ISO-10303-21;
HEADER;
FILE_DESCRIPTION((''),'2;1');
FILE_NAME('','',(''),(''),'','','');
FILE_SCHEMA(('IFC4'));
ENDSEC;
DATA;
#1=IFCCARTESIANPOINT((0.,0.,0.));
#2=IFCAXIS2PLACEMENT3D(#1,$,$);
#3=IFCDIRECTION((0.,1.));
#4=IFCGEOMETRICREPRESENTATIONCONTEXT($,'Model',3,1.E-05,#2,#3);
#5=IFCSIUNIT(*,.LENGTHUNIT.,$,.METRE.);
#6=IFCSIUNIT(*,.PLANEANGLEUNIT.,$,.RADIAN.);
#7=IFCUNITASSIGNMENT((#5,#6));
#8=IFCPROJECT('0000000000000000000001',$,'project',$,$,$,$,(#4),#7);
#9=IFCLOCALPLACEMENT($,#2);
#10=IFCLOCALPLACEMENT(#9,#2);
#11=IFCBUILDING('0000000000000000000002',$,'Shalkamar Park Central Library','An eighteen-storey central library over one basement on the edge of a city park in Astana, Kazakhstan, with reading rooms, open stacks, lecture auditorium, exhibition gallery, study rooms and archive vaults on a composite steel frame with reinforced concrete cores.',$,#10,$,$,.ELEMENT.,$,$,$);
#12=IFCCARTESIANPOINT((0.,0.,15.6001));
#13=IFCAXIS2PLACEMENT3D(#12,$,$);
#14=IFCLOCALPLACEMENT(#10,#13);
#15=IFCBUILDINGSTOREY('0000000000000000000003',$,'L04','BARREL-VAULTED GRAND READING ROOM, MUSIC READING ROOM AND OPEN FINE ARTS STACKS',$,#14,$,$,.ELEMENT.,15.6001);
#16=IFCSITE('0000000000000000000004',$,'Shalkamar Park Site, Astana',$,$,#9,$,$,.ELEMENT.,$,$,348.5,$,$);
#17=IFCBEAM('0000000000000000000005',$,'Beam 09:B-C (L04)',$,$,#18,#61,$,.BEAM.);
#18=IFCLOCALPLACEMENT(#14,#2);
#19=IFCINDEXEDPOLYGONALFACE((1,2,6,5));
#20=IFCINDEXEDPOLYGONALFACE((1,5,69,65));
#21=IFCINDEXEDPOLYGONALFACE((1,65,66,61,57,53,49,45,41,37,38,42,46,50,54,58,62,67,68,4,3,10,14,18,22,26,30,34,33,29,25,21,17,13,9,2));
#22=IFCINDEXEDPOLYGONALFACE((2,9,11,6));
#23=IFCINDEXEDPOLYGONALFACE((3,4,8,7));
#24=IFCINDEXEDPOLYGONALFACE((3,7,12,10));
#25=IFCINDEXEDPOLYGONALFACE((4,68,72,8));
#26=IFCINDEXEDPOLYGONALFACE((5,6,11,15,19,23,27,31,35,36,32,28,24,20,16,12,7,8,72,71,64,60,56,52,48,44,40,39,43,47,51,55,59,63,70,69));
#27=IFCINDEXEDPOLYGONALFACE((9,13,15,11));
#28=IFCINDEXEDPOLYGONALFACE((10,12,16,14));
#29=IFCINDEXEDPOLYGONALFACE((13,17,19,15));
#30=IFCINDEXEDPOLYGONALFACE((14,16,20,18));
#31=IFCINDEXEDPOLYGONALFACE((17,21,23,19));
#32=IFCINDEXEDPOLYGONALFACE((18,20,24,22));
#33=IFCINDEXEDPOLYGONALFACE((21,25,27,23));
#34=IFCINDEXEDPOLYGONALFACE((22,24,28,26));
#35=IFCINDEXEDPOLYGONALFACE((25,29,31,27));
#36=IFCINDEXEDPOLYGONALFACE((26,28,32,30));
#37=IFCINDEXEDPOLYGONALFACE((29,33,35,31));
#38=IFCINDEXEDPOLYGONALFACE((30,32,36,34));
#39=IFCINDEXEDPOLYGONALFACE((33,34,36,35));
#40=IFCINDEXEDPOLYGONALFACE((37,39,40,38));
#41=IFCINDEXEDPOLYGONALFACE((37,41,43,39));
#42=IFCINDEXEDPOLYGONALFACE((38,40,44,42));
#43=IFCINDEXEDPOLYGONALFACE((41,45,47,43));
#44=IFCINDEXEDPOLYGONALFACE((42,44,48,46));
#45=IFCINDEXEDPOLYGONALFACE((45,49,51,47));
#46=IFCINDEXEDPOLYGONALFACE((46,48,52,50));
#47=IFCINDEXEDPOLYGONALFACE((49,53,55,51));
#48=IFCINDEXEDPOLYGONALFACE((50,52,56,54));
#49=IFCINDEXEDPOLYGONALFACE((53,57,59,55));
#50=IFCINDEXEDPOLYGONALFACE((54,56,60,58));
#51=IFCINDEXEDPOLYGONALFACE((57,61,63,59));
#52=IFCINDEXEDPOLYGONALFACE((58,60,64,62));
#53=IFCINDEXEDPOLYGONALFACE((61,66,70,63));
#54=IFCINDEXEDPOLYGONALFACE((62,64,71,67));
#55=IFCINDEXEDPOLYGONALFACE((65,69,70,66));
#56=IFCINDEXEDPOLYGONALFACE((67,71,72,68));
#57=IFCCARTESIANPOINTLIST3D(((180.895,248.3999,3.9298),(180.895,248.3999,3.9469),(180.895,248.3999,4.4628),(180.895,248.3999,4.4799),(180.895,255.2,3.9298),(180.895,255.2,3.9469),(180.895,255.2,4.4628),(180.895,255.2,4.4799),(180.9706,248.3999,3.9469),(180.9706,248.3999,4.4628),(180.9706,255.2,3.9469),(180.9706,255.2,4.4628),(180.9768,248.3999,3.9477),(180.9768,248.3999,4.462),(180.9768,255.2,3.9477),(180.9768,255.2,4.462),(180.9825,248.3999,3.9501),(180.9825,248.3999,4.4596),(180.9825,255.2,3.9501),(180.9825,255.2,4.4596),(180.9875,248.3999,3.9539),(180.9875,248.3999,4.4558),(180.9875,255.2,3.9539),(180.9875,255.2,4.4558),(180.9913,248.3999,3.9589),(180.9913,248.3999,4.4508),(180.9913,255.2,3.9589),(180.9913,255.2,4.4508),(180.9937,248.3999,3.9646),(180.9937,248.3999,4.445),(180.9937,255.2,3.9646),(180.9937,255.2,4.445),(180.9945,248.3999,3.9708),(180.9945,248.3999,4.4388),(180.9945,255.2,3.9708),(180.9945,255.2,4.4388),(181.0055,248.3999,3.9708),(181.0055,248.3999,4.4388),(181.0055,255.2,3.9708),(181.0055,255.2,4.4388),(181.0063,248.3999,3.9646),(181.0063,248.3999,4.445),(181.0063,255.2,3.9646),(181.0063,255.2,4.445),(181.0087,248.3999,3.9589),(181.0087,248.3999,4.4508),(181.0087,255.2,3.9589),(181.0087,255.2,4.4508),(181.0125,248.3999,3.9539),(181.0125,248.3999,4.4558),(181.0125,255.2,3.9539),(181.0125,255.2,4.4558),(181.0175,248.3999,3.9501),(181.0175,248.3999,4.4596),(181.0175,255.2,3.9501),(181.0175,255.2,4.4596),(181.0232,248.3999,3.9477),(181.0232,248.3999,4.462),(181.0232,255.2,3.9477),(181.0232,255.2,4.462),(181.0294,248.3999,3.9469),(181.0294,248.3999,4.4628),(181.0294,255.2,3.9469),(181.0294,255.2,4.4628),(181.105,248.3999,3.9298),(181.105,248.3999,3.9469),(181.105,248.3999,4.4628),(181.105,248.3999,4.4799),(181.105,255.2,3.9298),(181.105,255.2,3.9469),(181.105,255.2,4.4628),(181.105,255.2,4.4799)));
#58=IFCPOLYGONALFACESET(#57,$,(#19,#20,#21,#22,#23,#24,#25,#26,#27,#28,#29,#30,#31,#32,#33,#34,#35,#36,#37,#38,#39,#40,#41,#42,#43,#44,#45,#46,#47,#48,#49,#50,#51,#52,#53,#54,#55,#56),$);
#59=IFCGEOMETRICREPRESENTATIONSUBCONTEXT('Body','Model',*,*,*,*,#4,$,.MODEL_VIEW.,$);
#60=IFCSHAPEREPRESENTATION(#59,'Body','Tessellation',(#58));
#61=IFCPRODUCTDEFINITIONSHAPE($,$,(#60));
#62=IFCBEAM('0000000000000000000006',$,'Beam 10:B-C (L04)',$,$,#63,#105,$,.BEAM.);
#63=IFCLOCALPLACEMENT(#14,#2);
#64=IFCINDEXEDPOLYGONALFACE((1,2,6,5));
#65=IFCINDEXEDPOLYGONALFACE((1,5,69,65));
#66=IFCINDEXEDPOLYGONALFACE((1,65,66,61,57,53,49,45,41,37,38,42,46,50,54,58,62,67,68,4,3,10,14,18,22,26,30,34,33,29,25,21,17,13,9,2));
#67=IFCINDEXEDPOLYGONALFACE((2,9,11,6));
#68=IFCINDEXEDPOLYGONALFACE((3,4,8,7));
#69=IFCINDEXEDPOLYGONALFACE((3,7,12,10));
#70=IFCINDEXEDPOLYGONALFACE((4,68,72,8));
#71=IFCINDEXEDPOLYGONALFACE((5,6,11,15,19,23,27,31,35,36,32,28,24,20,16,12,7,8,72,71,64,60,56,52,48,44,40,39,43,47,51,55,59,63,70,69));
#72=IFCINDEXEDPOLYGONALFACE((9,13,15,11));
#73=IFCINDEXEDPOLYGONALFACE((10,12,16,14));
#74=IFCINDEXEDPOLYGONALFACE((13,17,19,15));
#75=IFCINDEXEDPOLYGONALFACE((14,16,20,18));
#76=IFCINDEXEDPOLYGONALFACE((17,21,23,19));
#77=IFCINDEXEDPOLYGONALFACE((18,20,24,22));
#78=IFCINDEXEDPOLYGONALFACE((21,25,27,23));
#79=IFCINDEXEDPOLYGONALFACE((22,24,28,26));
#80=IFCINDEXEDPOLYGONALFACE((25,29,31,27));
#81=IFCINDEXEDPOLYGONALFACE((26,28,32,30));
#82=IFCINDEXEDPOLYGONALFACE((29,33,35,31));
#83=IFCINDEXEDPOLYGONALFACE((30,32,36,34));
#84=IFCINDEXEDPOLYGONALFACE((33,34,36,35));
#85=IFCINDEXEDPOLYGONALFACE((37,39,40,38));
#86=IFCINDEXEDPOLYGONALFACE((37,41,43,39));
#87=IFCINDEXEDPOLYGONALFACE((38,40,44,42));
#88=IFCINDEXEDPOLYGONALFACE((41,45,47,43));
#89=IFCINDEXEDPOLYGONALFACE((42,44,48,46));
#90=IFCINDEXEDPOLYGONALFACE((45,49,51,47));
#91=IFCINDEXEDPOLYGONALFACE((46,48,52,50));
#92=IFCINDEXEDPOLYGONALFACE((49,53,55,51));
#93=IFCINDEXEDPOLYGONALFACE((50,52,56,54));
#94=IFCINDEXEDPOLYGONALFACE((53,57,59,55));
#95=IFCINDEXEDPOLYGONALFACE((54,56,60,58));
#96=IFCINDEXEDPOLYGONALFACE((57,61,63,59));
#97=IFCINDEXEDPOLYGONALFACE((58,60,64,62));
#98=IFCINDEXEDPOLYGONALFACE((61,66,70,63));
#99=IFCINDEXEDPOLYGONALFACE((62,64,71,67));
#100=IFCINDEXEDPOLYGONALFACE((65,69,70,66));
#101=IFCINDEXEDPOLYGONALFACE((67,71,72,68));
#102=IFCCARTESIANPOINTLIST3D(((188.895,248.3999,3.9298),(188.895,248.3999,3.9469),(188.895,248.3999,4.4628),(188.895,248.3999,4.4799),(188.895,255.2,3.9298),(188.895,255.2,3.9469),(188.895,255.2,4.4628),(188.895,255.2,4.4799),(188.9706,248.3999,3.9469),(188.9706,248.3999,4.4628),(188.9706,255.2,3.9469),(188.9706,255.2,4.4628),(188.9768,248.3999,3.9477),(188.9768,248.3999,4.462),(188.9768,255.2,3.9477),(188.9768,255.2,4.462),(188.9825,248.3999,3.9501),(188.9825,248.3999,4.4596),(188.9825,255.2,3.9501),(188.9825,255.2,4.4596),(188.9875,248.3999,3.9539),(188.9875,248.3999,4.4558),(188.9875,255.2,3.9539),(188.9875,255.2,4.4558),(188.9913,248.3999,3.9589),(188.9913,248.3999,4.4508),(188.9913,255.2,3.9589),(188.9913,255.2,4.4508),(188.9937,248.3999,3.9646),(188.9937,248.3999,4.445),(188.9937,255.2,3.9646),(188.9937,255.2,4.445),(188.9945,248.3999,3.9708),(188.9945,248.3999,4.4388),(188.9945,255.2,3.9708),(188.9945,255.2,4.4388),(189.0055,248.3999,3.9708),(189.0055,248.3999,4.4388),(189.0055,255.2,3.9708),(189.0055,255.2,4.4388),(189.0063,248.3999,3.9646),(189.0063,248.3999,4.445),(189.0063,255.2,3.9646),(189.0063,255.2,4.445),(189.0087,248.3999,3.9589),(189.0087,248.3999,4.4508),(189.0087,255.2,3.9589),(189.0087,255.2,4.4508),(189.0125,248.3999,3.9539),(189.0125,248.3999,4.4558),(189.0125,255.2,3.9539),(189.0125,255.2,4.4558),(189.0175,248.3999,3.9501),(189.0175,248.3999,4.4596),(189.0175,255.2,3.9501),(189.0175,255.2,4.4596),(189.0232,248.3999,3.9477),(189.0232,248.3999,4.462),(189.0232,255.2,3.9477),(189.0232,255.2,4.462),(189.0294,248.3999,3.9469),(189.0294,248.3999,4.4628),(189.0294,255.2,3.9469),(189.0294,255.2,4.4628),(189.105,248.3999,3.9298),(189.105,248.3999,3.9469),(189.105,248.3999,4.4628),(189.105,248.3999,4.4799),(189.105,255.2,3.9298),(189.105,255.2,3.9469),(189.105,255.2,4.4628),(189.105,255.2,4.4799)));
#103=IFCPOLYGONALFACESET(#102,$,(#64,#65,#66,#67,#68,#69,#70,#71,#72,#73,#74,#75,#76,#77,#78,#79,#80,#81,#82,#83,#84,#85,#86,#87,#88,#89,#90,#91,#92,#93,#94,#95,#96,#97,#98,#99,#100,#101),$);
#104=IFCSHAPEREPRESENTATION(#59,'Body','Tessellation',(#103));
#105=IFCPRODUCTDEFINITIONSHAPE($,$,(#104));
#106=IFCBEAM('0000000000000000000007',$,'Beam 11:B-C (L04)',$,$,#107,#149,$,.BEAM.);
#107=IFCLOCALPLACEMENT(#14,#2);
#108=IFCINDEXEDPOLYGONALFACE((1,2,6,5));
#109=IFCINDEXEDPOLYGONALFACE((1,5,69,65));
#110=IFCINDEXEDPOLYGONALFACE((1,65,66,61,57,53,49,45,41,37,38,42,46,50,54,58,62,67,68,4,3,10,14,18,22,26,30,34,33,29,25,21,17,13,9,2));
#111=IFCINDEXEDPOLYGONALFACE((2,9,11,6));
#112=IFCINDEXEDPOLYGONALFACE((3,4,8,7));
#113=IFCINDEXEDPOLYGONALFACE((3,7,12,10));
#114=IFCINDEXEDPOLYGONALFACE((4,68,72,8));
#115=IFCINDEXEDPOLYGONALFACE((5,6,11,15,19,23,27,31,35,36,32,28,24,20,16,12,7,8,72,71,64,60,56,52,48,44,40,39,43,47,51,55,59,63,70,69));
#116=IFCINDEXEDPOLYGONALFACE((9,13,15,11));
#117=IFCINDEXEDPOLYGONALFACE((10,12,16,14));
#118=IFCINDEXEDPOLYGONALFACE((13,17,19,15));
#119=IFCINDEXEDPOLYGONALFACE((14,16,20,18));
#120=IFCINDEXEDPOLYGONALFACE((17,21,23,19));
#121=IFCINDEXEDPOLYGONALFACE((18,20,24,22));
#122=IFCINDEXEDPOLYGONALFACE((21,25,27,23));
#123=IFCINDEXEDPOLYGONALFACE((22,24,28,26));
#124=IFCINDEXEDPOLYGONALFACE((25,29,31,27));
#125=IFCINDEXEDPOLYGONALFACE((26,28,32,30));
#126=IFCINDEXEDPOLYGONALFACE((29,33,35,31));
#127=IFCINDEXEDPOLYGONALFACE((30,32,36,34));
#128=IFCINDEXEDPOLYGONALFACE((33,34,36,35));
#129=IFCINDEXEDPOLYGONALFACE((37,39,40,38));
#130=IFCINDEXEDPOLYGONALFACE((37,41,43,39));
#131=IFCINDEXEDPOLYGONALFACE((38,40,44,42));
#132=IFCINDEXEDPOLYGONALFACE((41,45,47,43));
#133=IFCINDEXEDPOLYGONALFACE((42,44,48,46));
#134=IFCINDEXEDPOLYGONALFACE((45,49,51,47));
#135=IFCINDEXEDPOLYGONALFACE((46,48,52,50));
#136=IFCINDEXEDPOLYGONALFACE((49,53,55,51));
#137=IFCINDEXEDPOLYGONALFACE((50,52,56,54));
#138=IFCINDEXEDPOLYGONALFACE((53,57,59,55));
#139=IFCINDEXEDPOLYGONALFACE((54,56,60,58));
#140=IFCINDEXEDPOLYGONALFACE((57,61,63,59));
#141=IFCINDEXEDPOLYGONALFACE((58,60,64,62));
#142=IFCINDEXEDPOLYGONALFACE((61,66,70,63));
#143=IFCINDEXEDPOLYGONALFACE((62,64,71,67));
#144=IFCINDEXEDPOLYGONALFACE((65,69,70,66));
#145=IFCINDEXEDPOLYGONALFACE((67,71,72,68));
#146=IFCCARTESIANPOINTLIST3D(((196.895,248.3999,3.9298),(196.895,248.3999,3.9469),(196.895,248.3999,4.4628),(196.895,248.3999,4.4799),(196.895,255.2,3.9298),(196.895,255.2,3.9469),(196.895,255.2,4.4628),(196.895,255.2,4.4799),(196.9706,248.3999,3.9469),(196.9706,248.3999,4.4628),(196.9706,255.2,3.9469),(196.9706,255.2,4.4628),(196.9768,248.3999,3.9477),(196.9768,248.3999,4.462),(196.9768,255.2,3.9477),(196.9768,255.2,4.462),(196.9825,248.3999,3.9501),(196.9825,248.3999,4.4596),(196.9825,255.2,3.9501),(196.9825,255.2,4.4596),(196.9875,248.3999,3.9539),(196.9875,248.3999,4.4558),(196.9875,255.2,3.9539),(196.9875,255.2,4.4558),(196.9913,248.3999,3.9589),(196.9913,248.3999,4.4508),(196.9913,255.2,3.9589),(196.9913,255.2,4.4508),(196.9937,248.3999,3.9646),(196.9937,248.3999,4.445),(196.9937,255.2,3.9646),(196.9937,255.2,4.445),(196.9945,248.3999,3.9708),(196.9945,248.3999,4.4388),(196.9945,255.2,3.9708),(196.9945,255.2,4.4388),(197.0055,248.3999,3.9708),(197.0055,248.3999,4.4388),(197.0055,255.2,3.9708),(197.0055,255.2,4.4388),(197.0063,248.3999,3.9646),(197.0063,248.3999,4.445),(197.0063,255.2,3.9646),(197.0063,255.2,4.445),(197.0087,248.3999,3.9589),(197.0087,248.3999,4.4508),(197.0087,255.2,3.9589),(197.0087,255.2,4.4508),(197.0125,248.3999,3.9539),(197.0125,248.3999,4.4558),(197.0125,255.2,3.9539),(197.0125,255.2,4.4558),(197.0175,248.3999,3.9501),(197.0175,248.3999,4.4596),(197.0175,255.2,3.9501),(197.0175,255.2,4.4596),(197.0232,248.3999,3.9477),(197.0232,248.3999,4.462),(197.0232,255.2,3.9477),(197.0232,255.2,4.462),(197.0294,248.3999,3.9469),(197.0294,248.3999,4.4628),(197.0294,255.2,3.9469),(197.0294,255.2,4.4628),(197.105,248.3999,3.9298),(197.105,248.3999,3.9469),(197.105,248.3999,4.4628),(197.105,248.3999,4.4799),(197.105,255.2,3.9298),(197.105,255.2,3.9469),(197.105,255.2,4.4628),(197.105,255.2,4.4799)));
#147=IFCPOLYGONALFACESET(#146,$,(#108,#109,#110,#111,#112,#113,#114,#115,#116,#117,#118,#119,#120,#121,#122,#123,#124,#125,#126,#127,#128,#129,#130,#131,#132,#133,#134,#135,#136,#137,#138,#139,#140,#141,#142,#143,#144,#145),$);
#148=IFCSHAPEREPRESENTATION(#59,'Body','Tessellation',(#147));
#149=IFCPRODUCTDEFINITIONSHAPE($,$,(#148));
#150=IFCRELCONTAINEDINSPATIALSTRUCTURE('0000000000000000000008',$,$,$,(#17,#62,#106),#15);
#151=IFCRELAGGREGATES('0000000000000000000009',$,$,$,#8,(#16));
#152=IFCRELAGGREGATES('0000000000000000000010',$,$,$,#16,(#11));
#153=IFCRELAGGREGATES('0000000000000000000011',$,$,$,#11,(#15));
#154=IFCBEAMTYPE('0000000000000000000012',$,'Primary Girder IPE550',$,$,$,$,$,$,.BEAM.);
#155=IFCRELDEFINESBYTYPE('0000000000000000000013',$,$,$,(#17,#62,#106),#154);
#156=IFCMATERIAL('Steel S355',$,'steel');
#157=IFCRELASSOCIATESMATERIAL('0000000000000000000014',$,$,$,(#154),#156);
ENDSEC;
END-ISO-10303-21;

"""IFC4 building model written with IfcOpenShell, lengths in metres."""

from ifc_helpers import new_model, si_unit, direction, frame, origin, origin_2d, place, context, subcontext, project, spatial, i_section, extrude, material, material_profile, profile_set, type_object, element, save


model = new_model("IFC4")

# Units and contexts
model_context = context("Model", 3, precision=1e-05, world=origin(), true_north=direction((0.0, 1.0)))
body_context = subcontext(model_context, "Body", "Model", "MODEL_VIEW")
ifc_project = project(units=[si_unit("LENGTHUNIT", "METRE"), si_unit("PLANEANGLEUNIT", "RADIAN")], contexts=[model_context])

# Site, building, storey
site_placement = place(None, origin())
site = spatial("IfcSite", under=ifc_project, at=site_placement, Name="Shalkamar Park Site, Astana", CompositionType="ELEMENT", RefElevation=348.5)
building_placement = place(site_placement, origin())
building = spatial("IfcBuilding", under=site, at=building_placement, Name="Shalkamar Park Central Library", Description="An eighteen-storey central library over one basement on the edge of a city park in Astana, Kazakhstan, with reading rooms, open stacks, lecture auditorium, exhibition gallery, study rooms and archive vaults on a composite steel frame with reinforced concrete cores.", CompositionType="ELEMENT")
storey_placement = place(building_placement, frame((0.0, 0.0, 15.6001)))
storey = spatial("IfcBuildingStorey", under=building, at=storey_placement, Name="L04", Description="BARREL-VAULTED GRAND READING ROOM, MUSIC READING ROOM AND OPEN FINE ARTS STACKS", CompositionType="ELEMENT", Elevation=15.6001)

# Shared definitions
ifc_material_1 = material(Name="Steel S355", Category="steel")

# Beams
ifc_material_profile_1 = material_profile(ifc_material_1, i_section(OverallWidth=0.21, OverallDepth=0.55, WebThickness=0.011, FlangeThickness=0.0171, FilletRadius=0.0239, at=origin_2d()), Name="IPE 550")
ifc_profile_set_1 = profile_set([ifc_material_profile_1], Name="Steel S355")
beam_type_1 = type_object("IfcBeamType", Name="Primary Girder IPE550", PredefinedType="BEAM", material=ifc_profile_set_1)
for number, where, z_axis, x_axis, name in (
    (1, (181.0, 248.3999, 4.2048), (0.0, 1.0, 0.0), (-1.0, 0.0, 0.0), "Beam 09:B-C (L04)"),
    (2, (189.0, 248.3999, 4.2048), (0.0, 1.0, 0.0), (-1.0, 0.0, 0.0), "Beam 10:B-C (L04)"),
    (3, (197.0, 248.3999, 4.2048), (0.0, 1.0, 0.0), (-1.0, 0.0, 0.0), "Beam 11:B-C (L04)"),
):
    element("IfcBeam", number, at=place(storey_placement, frame(where, z_axis=z_axis, x_axis=x_axis)), inside=storey, type_object=beam_type_1, Name=name, PredefinedType="BEAM", context=body_context, shape_type="SweptSolid", body=[
        extrude(i_section(OverallWidth=0.21, OverallDepth=0.55, WebThickness=0.011, FlangeThickness=0.0171, FilletRadius=0.0239, at=origin_2d()), origin(), (0.0, 0.0, 1.0), 6.8),
    ])

save(model, "model.ifc")
